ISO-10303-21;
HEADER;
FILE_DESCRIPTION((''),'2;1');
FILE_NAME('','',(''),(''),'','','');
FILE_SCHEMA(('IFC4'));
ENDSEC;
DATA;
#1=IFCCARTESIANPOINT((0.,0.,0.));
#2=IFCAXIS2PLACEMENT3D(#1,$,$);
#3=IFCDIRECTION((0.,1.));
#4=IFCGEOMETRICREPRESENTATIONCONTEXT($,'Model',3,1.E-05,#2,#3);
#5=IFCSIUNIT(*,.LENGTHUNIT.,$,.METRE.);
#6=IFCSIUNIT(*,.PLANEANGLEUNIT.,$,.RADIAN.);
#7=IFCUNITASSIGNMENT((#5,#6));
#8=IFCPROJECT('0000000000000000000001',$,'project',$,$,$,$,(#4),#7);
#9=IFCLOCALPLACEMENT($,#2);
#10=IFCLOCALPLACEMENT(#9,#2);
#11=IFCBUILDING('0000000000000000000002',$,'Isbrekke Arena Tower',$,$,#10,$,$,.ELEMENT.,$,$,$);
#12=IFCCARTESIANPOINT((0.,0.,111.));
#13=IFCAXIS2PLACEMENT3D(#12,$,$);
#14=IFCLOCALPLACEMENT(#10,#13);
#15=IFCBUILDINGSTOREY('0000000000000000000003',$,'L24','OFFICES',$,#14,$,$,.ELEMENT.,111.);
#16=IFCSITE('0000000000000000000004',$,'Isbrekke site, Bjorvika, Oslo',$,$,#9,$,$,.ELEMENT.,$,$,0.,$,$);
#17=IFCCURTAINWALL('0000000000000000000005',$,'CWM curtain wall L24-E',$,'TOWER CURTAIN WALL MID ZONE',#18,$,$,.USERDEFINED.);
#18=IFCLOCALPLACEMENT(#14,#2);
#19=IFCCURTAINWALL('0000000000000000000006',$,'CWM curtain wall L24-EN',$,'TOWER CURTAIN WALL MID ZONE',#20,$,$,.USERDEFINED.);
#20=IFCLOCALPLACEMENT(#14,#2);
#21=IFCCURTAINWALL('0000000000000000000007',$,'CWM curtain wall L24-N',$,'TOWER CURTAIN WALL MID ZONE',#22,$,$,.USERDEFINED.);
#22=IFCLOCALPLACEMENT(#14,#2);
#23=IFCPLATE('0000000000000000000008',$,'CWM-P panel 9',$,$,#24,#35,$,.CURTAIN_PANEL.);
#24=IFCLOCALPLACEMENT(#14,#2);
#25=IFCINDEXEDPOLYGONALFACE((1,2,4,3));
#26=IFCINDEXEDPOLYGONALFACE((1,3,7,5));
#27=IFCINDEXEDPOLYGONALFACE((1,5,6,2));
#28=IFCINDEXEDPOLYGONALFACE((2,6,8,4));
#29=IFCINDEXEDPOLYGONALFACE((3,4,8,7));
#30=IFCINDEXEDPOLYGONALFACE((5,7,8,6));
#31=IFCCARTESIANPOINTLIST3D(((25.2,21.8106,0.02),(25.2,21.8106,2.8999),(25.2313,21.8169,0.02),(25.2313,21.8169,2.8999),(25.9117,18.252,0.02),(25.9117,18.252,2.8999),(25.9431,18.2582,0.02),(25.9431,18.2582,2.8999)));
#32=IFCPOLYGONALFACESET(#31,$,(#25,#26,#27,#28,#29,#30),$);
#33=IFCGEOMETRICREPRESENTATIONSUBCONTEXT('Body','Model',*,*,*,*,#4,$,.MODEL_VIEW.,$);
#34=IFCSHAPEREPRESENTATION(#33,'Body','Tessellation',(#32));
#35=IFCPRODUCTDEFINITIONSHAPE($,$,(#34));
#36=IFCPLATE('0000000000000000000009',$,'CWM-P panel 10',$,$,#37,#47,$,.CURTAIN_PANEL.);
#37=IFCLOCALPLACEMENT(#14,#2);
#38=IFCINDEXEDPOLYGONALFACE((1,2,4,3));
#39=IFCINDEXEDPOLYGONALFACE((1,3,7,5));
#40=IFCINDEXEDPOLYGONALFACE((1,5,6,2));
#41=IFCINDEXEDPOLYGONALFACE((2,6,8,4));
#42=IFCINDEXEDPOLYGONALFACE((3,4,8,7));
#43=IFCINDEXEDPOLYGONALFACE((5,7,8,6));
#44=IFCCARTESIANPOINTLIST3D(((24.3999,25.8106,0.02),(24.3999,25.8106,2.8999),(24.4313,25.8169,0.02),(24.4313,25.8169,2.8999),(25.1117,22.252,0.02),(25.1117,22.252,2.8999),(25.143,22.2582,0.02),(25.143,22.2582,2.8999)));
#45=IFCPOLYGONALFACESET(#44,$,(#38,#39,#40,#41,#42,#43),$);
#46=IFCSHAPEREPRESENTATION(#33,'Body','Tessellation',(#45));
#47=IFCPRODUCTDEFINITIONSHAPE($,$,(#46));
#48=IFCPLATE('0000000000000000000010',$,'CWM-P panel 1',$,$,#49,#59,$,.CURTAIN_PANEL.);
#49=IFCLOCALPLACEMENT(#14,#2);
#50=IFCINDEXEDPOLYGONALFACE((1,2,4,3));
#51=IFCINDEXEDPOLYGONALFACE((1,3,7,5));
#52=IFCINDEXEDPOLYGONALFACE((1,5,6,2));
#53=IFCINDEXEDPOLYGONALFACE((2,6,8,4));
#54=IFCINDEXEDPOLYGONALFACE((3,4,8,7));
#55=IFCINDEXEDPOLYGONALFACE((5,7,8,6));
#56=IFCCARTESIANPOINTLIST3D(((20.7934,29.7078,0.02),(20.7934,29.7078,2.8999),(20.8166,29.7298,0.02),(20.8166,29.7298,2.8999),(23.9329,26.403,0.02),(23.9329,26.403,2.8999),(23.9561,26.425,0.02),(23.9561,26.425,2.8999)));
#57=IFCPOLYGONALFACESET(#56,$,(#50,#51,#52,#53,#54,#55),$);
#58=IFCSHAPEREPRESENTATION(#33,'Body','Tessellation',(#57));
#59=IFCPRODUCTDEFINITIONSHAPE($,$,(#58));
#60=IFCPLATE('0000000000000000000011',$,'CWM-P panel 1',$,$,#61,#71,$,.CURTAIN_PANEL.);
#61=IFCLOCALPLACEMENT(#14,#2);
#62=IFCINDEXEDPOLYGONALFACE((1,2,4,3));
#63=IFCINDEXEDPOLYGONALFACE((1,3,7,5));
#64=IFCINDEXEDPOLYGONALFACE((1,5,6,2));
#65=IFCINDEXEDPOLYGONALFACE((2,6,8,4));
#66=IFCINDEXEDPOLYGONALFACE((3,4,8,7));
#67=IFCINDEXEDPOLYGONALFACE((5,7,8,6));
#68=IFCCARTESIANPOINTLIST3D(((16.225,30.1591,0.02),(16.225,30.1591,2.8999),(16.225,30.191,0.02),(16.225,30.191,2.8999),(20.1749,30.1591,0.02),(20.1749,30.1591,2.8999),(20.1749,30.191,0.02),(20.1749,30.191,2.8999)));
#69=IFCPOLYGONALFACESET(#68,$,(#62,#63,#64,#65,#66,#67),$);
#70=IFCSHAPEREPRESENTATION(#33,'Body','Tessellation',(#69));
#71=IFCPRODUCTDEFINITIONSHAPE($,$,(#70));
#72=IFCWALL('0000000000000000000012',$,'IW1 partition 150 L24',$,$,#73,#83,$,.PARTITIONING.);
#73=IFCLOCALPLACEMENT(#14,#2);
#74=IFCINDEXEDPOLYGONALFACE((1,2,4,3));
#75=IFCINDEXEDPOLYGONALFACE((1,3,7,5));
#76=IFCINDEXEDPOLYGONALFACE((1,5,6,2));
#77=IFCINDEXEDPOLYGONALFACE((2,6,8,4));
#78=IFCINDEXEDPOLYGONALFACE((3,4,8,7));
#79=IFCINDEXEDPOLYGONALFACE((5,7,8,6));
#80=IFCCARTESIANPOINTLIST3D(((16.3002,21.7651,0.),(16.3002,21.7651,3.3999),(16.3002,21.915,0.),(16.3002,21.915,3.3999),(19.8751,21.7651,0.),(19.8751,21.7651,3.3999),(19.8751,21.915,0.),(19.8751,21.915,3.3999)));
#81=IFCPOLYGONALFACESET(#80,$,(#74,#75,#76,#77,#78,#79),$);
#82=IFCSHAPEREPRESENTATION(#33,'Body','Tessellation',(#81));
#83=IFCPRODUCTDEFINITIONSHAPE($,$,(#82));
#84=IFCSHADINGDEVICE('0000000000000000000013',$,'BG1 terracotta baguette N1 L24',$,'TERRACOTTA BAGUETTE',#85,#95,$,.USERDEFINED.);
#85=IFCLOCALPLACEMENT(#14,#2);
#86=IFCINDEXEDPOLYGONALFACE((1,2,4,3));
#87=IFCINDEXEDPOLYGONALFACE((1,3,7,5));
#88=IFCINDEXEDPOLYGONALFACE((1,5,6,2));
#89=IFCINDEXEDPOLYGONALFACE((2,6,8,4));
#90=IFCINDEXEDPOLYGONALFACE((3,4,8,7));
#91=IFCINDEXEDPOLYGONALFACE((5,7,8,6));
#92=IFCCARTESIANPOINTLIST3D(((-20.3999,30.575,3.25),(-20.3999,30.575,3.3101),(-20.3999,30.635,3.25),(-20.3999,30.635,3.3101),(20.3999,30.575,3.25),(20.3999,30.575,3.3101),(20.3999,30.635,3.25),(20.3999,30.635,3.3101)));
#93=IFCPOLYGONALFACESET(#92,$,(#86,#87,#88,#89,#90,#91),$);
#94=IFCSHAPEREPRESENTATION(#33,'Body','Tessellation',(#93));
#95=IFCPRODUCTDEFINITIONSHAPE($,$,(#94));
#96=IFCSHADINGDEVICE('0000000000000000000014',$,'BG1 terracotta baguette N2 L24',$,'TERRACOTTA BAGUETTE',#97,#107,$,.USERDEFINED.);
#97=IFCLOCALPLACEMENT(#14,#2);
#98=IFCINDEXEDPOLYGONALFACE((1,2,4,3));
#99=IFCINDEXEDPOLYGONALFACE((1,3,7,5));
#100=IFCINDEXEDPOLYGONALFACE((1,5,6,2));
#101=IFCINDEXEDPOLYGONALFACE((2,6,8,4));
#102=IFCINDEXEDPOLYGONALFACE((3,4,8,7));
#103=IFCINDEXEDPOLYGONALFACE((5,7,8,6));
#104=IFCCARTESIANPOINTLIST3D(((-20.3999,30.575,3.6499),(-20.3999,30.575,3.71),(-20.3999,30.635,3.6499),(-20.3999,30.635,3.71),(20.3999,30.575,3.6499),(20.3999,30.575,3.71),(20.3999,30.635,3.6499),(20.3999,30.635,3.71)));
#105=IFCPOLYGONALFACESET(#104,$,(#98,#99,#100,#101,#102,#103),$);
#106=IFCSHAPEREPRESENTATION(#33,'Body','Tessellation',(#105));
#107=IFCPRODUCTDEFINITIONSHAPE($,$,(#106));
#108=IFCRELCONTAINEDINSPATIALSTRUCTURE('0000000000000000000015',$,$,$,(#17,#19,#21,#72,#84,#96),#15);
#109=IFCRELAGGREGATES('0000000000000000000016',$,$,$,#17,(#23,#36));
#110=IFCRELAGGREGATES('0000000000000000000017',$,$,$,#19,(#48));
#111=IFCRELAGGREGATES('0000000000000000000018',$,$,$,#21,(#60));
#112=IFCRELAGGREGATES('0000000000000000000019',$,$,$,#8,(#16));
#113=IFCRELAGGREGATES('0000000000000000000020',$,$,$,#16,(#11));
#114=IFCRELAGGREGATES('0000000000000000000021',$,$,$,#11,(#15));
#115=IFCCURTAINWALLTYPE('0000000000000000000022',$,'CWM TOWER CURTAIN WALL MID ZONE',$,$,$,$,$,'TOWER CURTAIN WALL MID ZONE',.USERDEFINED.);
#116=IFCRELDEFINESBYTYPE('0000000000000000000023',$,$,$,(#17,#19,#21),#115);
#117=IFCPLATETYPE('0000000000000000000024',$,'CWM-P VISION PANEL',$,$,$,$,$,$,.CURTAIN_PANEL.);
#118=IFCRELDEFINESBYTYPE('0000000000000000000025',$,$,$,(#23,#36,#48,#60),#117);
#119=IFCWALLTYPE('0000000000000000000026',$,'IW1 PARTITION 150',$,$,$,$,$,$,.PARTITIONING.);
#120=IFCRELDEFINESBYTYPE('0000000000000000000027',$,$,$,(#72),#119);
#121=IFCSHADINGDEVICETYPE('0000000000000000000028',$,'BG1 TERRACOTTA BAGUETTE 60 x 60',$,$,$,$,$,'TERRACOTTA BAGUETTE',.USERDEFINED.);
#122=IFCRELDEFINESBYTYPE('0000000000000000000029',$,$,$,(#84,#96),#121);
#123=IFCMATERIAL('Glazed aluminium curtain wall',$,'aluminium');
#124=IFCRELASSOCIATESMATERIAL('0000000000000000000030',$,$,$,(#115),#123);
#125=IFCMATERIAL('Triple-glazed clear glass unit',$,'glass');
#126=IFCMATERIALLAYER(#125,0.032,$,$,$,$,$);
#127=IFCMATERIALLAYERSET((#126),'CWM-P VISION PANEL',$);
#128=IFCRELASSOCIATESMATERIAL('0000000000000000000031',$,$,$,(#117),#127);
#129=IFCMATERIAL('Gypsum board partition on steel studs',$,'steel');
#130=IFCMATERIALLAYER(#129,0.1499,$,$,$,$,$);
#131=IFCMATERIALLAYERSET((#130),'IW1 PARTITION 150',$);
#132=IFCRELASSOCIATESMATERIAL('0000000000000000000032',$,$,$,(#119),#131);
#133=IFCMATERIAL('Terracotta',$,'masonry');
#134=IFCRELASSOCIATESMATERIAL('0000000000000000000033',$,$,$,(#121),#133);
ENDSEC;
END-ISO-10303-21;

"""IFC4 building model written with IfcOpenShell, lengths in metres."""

from ifc_helpers import new_model, si_unit, direction, frame, frame_2d, origin, origin_2d, place, context, subcontext, project, spatial, rectangle, extrude, material, layer, layer_set, material_profile, profile_set, type_object, element, aggregate, save


model = new_model("IFC4")

# Units and contexts
model_context = context("Model", 3, precision=1e-05, world=origin(), true_north=direction((0.0, 1.0)))
body_context = subcontext(model_context, "Body", "Model", "MODEL_VIEW")
ifc_project = project(units=[si_unit("LENGTHUNIT", "METRE"), si_unit("PLANEANGLEUNIT", "RADIAN")], contexts=[model_context])

# Site, building, storey
site_placement = place(None, origin())
site = spatial("IfcSite", under=ifc_project, at=site_placement, Name="Isbrekke site, Bjorvika, Oslo", CompositionType="ELEMENT", RefElevation=0.0)
building_placement = place(site_placement, origin())
building = spatial("IfcBuilding", under=site, at=building_placement, Name="Isbrekke Arena Tower", CompositionType="ELEMENT")
storey_placement = place(building_placement, frame((0.0, 0.0, 111.0)))
storey = spatial("IfcBuildingStorey", under=building, at=storey_placement, Name="L24", Description="OFFICES", CompositionType="ELEMENT", Elevation=111.0)

# Curtain walls
ifc_material_1 = material(Name="Glazed aluminium curtain wall", Category="aluminium")
curtain_wall_type = type_object("IfcCurtainWallType", Name="CWM TOWER CURTAIN WALL MID ZONE", ElementType="TOWER CURTAIN WALL MID ZONE", PredefinedType="USERDEFINED", material=ifc_material_1)
curtain_wall_1_placement = place(storey_placement, origin())
curtain_wall_1 = element("IfcCurtainWall", 1, at=curtain_wall_1_placement, inside=storey, type_object=curtain_wall_type, Name="CWM curtain wall L24-E", ObjectType="TOWER CURTAIN WALL MID ZONE", PredefinedType="USERDEFINED")
curtain_wall_2_placement = place(storey_placement, origin())
curtain_wall_2 = element("IfcCurtainWall", 2, at=curtain_wall_2_placement, inside=storey, type_object=curtain_wall_type, Name="CWM curtain wall L24-EN", ObjectType="TOWER CURTAIN WALL MID ZONE", PredefinedType="USERDEFINED")
curtain_wall_3_placement = place(storey_placement, origin())
curtain_wall_3 = element("IfcCurtainWall", 3, at=curtain_wall_3_placement, inside=storey, type_object=curtain_wall_type, Name="CWM curtain wall L24-N", ObjectType="TOWER CURTAIN WALL MID ZONE", PredefinedType="USERDEFINED")

# Plates
ifc_material_2 = material(Name="Triple-glazed clear glass unit", Category="glass")
ifc_layer_1 = layer(ifc_material_2, 0.032)
ifc_layer_set_1 = layer_set([ifc_layer_1], Name="CWM-P VISION PANEL")
plate_type = type_object("IfcPlateType", Name="CWM-P VISION PANEL", PredefinedType="CURTAIN_PANEL", material=ifc_layer_set_1)
plate_1_placement = place(storey_placement, frame((25.5715, 20.0344, 0.02), z_axis=(0.0, 0.0, 1.0), x_axis=(-0.196116, 0.980581, 0.0)))
plate_1 = element("IfcPlate", 4, at=plate_1_placement, type_object=plate_type, Name="CWM-P panel 9", PredefinedType="CURTAIN_PANEL", context=body_context, shape_type="SweptSolid", body=[
    extrude(rectangle(XDim=3.6292, YDim=0.032, at=origin_2d()), origin(), (0.0, 0.0, 1.0), 2.8799),
])
plate_2_placement = place(storey_placement, frame((24.7715, 24.0344, 0.02), z_axis=(0.0, 0.0, 1.0), x_axis=(-0.196116, 0.980581, 0.0)))
plate_2 = element("IfcPlate", 5, at=plate_2_placement, type_object=plate_type, Name="CWM-P panel 10", PredefinedType="CURTAIN_PANEL", context=body_context, shape_type="SweptSolid", body=[
    extrude(rectangle(XDim=3.6292, YDim=0.032, at=origin_2d()), origin(), (0.0, 0.0, 1.0), 2.8799),
])
aggregate(curtain_wall_1, [plate_1, plate_2])
plate_3_placement = place(storey_placement, frame((22.3748, 28.0664, 0.02), z_axis=(0.0, 0.0, 1.0), x_axis=(-0.688749, 0.724999, 0.0)))
plate_3 = element("IfcPlate", 6, at=plate_3_placement, type_object=plate_type, Name="CWM-P panel 1", PredefinedType="CURTAIN_PANEL", context=body_context, shape_type="SweptSolid", body=[
    extrude(rectangle(XDim=4.5583, YDim=0.032, at=origin_2d()), origin(), (0.0, 0.0, 1.0), 2.8799),
])
aggregate(curtain_wall_2, [plate_3])
plate_4_placement = place(storey_placement, frame((18.2, 30.175, 0.02), z_axis=(0.0, 0.0, 1.0), x_axis=(-1.0, 0.0, 0.0)))
plate_4 = element("IfcPlate", 7, at=plate_4_placement, type_object=plate_type, Name="CWM-P panel 1", PredefinedType="CURTAIN_PANEL", context=body_context, shape_type="SweptSolid", body=[
    extrude(rectangle(XDim=3.95, YDim=0.032, at=origin_2d()), origin(), (0.0, 0.0, 1.0), 2.8799),
])
aggregate(curtain_wall_3, [plate_4])

# Wall
ifc_material_3 = material(Name="Gypsum board partition on steel studs", Category="steel")
ifc_layer_2 = layer(ifc_material_3, 0.1499)
ifc_layer_set_2 = layer_set([ifc_layer_2], Name="IW1 PARTITION 150")
wall_type = type_object("IfcWallType", Name="IW1 PARTITION 150", PredefinedType="PARTITIONING", material=ifc_layer_set_2)
wall_placement = place(storey_placement, frame((16.3, 21.8401, 0.0), z_axis=(0.0, 0.0, 1.0), x_axis=(1.0, 0.0, 0.0)))
element("IfcWall", 8, at=wall_placement, inside=storey, type_object=wall_type, Name="IW1 partition 150 L24", PredefinedType="PARTITIONING", context=body_context, shape_type="SweptSolid", body=[
    extrude(rectangle(XDim=3.575, YDim=0.1499, at=frame_2d((1.7876, 0.0))), origin(), (0.0, 0.0, 1.0), 3.3999),
])

# Shading devices
ifc_material_4 = material(Name="Terracotta", Category="masonry")
ifc_material_profile_1 = material_profile(ifc_material_4, rectangle(XDim=0.0601, YDim=0.0601, at=origin_2d()), Name="BAGUETTE 60X60")
ifc_profile_set_1 = profile_set([ifc_material_profile_1], Name="Terracotta")
shading_device_type = type_object("IfcShadingDeviceType", Name="BG1 TERRACOTTA BAGUETTE 60 x 60", ElementType="TERRACOTTA BAGUETTE", PredefinedType="USERDEFINED", material=ifc_profile_set_1)
for number, where, z_axis, x_axis, name in (
    (9, (20.3999, 30.605, 3.28), (-1.0, 0.0, 0.0), (0.0, -1.0, 0.0), "BG1 terracotta baguette N1 L24"),
    (10, (20.3999, 30.605, 3.6799), (-1.0, 0.0, 0.0), (0.0, -1.0, 0.0), "BG1 terracotta baguette N2 L24"),
):
    element("IfcShadingDevice", number, at=place(storey_placement, frame(where, z_axis=z_axis, x_axis=x_axis)), inside=storey, type_object=shading_device_type, Name=name, ObjectType="TERRACOTTA BAGUETTE", PredefinedType="USERDEFINED", context=body_context, shape_type="SweptSolid", body=[
        extrude(rectangle(XDim=0.0601, YDim=0.0601, at=origin_2d()), origin(), (0.0, 0.0, 1.0), 40.7998),
    ])

save(model, "model.ifc")
